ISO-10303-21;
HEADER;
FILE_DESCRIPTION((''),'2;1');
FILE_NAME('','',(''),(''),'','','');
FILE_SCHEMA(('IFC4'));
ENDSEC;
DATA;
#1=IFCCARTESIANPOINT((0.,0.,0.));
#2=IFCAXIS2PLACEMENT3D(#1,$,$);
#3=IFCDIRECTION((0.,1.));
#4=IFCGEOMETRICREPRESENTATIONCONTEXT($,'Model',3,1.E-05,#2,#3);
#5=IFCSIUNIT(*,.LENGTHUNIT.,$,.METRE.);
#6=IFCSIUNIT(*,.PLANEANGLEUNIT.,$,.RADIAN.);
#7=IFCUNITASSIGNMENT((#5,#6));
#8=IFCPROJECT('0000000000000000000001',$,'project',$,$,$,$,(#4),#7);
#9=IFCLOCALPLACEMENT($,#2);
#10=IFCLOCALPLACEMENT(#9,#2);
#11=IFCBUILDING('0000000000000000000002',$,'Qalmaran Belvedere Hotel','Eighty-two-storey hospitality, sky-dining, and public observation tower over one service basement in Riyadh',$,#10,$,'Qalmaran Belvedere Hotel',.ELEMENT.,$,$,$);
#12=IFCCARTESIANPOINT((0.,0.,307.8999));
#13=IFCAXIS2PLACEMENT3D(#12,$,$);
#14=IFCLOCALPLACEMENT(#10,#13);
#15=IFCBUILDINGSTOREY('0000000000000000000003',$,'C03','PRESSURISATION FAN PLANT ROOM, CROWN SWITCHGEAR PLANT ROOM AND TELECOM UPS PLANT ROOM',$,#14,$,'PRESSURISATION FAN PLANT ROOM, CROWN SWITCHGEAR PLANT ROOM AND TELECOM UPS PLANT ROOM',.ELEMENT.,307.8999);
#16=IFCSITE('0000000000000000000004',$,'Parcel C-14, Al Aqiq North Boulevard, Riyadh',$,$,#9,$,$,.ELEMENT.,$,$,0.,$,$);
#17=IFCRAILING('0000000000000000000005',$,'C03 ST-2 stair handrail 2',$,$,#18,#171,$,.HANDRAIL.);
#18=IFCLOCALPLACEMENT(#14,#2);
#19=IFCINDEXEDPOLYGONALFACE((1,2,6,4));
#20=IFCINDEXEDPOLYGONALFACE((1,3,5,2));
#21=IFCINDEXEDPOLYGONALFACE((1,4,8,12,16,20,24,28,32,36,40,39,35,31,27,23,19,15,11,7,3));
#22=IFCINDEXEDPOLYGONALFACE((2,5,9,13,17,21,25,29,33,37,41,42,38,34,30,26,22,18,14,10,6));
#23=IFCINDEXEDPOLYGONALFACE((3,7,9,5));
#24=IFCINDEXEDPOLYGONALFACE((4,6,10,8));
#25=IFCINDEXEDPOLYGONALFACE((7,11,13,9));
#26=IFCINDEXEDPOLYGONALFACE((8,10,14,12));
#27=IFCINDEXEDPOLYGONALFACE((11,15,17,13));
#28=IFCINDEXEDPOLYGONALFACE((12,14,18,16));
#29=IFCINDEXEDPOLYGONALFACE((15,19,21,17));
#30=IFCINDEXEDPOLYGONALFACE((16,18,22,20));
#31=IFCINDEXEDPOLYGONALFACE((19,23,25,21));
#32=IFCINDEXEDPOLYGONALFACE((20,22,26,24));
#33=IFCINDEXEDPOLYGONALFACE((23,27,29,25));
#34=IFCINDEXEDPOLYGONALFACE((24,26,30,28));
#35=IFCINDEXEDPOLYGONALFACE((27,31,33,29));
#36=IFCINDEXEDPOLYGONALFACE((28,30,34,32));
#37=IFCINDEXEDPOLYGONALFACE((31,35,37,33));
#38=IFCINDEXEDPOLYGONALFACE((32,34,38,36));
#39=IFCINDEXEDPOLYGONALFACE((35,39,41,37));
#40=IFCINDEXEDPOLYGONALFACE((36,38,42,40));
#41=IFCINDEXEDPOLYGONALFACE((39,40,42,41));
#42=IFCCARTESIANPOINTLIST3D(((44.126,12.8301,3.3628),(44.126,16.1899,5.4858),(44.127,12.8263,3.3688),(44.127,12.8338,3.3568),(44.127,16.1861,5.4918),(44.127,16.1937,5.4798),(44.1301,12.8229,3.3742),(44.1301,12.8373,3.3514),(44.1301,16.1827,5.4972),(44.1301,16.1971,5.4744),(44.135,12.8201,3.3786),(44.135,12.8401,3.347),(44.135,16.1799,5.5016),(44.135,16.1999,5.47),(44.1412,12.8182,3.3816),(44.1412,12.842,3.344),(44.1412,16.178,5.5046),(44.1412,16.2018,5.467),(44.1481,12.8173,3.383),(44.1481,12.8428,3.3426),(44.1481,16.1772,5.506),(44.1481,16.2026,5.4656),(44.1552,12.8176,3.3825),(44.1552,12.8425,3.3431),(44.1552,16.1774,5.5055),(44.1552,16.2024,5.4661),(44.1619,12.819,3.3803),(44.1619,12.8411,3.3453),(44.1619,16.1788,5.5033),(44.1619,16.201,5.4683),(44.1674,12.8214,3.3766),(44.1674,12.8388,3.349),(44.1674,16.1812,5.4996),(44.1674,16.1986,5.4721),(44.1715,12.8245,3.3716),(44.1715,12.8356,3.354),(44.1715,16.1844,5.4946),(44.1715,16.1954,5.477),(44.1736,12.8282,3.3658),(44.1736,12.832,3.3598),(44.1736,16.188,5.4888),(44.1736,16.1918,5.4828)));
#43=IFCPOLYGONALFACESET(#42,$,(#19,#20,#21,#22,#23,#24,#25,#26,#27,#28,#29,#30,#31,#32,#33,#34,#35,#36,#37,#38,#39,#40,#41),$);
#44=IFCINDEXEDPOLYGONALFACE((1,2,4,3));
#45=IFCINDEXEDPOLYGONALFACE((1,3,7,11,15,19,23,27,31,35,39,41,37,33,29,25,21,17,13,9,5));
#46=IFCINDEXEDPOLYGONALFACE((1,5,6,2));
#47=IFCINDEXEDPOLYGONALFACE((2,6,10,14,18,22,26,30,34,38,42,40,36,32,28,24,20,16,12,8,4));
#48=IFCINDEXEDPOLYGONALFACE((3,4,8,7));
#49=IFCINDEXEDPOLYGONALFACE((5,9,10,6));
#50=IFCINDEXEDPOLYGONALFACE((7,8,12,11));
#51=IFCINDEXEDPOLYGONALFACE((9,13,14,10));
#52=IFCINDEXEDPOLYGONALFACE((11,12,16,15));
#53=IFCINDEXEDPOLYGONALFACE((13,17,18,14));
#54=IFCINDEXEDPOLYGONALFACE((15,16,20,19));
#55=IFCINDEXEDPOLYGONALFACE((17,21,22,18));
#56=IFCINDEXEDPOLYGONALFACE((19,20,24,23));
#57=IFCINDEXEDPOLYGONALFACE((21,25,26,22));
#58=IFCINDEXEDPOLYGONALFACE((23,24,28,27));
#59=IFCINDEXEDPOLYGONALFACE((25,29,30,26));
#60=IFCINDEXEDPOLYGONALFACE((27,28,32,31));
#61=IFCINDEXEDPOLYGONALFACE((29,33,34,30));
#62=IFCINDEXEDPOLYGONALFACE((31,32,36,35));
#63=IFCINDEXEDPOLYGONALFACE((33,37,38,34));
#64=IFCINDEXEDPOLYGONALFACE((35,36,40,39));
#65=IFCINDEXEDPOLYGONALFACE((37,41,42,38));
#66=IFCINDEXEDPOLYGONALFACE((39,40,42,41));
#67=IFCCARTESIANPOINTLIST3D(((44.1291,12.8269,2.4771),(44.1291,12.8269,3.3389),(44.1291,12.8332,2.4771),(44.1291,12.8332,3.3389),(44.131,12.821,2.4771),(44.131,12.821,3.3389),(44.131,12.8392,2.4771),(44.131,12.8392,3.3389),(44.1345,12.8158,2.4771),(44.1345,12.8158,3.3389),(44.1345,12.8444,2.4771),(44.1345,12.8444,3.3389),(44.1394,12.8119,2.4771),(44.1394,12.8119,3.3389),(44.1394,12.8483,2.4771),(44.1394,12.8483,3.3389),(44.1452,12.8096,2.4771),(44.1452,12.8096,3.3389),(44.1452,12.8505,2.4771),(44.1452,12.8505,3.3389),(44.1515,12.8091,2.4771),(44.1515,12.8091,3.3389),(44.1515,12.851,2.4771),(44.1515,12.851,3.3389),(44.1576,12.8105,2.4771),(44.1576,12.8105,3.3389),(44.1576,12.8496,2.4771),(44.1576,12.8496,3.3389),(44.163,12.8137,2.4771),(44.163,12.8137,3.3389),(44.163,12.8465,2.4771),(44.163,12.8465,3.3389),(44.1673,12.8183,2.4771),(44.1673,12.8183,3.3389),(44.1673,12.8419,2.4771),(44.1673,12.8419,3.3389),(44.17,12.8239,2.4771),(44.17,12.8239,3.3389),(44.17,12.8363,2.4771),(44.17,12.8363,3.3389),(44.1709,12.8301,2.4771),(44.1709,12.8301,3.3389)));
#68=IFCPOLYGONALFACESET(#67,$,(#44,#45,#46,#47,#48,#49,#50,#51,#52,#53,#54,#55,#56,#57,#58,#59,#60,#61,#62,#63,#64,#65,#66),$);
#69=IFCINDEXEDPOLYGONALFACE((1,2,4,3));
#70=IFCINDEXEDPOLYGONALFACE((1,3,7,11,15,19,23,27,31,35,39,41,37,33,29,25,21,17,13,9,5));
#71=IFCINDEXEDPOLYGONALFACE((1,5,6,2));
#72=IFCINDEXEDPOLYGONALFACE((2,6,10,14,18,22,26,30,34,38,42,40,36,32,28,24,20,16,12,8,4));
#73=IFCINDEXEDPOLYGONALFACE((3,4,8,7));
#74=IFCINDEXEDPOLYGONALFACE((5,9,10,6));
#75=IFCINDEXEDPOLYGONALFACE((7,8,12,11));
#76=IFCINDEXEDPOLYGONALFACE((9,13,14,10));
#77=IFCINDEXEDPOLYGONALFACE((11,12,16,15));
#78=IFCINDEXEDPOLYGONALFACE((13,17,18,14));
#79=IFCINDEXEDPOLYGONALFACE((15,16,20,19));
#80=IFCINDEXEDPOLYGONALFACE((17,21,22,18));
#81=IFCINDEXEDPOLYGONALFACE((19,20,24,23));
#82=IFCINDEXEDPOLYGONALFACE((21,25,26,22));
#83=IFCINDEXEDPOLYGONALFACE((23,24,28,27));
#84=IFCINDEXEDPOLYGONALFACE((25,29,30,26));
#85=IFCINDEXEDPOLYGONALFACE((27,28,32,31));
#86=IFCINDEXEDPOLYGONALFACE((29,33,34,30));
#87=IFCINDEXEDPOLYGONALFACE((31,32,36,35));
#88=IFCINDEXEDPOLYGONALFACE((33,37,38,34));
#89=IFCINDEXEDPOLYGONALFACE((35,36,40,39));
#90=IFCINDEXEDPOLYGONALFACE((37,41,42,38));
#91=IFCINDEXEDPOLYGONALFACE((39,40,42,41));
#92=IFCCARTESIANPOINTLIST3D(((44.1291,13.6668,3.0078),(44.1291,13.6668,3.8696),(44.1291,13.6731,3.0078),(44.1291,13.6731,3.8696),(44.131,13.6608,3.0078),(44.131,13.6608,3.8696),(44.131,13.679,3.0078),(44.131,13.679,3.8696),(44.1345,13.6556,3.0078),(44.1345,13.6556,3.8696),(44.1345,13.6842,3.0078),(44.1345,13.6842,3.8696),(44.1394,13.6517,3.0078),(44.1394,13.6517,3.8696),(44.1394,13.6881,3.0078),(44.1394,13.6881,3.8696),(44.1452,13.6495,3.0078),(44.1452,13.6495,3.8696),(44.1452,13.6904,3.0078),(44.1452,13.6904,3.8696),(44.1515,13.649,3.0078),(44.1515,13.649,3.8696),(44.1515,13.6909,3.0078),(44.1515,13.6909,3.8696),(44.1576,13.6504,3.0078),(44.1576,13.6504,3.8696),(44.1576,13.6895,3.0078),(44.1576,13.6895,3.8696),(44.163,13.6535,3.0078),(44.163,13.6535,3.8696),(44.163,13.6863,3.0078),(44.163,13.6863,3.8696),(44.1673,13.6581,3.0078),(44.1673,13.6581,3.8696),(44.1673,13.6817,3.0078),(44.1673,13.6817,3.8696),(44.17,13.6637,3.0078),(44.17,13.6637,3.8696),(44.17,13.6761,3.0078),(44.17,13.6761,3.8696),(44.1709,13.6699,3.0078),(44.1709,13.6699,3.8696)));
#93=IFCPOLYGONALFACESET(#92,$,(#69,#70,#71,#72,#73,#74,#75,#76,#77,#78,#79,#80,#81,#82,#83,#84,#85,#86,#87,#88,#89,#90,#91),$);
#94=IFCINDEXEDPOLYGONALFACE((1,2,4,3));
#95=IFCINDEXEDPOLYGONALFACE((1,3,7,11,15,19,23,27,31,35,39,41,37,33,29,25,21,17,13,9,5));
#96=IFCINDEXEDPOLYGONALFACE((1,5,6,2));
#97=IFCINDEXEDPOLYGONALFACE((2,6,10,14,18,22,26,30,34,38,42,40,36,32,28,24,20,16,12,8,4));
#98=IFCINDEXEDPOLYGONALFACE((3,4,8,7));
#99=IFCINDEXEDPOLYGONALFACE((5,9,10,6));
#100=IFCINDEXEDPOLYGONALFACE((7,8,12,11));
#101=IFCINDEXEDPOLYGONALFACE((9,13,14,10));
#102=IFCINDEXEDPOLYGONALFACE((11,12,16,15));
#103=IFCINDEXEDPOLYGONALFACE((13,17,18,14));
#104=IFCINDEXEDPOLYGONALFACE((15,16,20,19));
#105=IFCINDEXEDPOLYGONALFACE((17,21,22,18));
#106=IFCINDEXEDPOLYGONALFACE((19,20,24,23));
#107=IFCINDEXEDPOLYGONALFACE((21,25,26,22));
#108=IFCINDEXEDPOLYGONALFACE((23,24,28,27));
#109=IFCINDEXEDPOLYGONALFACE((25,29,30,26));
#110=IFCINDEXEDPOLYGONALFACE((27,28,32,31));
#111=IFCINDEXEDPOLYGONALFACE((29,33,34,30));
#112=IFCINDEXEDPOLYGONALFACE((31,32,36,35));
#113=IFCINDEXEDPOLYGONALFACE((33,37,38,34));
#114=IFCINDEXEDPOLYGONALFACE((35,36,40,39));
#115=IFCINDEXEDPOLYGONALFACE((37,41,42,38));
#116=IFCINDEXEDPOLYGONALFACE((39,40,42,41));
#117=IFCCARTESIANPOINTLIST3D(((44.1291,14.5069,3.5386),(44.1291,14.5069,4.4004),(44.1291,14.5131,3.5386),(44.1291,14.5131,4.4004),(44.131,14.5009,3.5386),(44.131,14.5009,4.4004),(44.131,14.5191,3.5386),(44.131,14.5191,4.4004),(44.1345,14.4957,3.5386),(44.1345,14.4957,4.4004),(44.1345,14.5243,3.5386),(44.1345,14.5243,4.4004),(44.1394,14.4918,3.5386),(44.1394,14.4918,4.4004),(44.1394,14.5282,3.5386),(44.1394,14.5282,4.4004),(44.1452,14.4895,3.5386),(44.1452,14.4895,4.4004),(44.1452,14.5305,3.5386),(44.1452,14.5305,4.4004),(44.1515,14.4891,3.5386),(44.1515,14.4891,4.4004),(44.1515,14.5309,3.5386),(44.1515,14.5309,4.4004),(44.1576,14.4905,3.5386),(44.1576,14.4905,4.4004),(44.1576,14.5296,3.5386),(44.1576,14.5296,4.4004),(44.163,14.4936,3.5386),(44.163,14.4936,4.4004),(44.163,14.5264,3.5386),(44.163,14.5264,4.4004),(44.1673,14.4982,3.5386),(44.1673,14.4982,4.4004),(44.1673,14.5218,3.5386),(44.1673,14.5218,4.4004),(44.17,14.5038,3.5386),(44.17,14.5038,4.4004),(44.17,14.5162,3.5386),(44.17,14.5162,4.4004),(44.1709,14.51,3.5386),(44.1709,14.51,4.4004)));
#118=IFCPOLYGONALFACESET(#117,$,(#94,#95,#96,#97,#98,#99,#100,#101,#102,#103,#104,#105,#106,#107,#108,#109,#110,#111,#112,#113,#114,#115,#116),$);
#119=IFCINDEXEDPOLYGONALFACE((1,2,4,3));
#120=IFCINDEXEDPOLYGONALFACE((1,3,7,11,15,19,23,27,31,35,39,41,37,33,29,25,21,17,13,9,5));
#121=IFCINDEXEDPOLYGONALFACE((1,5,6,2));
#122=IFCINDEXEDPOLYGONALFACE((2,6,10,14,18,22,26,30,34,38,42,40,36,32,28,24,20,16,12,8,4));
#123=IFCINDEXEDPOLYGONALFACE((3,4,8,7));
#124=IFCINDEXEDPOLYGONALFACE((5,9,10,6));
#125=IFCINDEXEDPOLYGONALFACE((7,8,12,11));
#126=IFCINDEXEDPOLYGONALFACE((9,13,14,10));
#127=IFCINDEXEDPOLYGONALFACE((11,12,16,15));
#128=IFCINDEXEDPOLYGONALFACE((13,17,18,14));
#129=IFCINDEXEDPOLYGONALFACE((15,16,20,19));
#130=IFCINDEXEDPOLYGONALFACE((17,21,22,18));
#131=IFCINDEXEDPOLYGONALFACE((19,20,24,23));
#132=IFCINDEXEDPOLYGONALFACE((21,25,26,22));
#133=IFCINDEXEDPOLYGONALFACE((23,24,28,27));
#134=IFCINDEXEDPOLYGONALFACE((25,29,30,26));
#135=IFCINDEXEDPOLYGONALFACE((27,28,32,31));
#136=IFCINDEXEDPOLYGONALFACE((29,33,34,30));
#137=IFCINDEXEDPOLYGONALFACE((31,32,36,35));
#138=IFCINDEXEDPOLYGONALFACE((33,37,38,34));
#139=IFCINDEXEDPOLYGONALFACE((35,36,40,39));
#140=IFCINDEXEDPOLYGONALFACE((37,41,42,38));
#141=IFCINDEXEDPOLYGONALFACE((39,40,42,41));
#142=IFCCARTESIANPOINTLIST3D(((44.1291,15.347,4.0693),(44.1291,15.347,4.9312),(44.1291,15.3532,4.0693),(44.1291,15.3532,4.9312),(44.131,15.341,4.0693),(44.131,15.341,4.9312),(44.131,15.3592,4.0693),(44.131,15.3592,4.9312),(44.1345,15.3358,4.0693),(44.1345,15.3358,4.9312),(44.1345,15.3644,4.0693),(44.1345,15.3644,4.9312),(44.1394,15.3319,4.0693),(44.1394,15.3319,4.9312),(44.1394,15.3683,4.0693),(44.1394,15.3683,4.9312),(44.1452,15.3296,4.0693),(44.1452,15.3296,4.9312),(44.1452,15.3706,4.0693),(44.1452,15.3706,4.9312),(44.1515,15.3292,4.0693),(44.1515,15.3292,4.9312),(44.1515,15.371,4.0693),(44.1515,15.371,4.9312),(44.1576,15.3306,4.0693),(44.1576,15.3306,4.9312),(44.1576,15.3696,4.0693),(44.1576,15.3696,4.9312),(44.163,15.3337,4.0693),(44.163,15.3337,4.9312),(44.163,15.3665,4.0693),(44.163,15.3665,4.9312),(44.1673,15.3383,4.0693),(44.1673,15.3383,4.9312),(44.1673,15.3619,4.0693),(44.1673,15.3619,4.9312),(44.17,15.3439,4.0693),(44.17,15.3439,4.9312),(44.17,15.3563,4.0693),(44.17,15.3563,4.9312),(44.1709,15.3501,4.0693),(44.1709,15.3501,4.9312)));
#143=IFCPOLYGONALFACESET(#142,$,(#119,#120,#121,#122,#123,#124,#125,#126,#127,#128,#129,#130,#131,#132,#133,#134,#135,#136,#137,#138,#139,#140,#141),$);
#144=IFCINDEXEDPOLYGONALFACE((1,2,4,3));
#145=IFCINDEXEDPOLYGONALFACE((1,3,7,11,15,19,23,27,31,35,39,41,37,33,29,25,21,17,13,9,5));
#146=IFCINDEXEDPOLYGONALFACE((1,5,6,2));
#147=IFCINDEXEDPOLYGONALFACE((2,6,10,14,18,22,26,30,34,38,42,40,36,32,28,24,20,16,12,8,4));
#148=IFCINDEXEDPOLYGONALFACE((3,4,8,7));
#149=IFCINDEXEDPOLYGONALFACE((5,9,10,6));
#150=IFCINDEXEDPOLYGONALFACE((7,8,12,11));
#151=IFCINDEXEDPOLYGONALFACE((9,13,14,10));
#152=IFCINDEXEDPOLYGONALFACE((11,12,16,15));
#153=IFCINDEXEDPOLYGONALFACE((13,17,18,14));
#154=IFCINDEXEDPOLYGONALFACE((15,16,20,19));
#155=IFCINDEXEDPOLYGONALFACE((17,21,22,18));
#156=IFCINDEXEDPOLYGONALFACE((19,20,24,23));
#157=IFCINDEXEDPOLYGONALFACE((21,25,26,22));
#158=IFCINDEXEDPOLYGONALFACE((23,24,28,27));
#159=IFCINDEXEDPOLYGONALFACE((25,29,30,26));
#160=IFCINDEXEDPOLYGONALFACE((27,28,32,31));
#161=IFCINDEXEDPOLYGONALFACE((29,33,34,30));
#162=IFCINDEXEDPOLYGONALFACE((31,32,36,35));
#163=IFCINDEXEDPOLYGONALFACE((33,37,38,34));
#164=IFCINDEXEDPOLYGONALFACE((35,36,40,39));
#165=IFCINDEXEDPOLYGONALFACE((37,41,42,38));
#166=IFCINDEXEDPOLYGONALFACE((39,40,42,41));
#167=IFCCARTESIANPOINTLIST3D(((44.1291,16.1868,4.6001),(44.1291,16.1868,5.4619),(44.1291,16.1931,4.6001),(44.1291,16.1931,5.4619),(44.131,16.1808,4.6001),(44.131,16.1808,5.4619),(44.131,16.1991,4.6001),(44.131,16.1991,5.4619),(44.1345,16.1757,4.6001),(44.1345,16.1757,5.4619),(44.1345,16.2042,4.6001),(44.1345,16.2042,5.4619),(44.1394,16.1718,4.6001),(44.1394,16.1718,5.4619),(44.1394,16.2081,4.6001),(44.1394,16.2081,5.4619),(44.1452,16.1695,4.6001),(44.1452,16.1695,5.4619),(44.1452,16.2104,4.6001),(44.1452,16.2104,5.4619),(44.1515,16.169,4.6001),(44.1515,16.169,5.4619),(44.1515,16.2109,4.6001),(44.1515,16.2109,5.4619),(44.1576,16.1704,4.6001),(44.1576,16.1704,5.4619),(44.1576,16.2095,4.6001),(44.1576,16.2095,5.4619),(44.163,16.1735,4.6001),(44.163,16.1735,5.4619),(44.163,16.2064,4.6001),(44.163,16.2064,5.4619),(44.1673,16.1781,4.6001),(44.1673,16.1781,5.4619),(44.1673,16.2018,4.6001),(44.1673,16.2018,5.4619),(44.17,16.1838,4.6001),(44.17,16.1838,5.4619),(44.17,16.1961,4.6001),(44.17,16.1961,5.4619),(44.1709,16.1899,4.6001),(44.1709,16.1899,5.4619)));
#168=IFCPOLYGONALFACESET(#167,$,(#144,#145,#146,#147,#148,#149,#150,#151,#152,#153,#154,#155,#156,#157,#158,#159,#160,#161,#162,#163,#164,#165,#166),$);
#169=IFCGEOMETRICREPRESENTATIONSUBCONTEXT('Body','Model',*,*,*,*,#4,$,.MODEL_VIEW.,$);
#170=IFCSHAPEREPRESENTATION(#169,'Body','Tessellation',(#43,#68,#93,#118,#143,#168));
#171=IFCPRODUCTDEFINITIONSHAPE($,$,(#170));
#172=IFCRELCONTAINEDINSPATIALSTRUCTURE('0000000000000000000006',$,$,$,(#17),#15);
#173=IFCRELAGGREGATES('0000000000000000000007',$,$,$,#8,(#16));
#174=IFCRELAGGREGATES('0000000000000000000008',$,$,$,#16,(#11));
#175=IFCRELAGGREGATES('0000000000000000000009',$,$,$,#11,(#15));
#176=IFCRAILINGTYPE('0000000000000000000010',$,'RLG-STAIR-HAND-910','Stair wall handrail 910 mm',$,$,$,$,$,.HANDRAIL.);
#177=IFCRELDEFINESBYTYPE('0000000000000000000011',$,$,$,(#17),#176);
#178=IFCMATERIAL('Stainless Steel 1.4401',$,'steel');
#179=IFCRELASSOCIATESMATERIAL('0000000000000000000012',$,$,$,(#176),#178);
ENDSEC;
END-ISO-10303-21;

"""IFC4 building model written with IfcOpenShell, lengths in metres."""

from ifc_helpers import new_model, si_unit, direction, frame, origin, origin_2d, place, context, subcontext, project, spatial, circle, extrude, material, type_object, element, save


model = new_model("IFC4")

# Units and contexts
model_context = context("Model", 3, precision=1e-05, world=origin(), true_north=direction((0.0, 1.0)))
body_context = subcontext(model_context, "Body", "Model", "MODEL_VIEW")
ifc_project = project(units=[si_unit("LENGTHUNIT", "METRE"), si_unit("PLANEANGLEUNIT", "RADIAN")], contexts=[model_context])

# Site, building, storey
site_placement = place(None, origin())
site = spatial("IfcSite", under=ifc_project, at=site_placement, Name="Parcel C-14, Al Aqiq North Boulevard, Riyadh", CompositionType="ELEMENT", RefElevation=0.0)
building_placement = place(site_placement, origin())
building = spatial("IfcBuilding", under=site, at=building_placement, Name="Qalmaran Belvedere Hotel", Description="Eighty-two-storey hospitality, sky-dining, and public observation tower over one service basement in Riyadh", LongName="Qalmaran Belvedere Hotel", CompositionType="ELEMENT")
storey_placement = place(building_placement, frame((0.0, 0.0, 307.8999)))
storey = spatial("IfcBuildingStorey", under=building, at=storey_placement, Name="C03", Description="PRESSURISATION FAN PLANT ROOM, CROWN SWITCHGEAR PLANT ROOM AND TELECOM UPS PLANT ROOM", LongName="PRESSURISATION FAN PLANT ROOM, CROWN SWITCHGEAR PLANT ROOM AND TELECOM UPS PLANT ROOM", CompositionType="ELEMENT", Elevation=307.8999)

# Railing
ifc_material_1 = material(Name="Stainless Steel 1.4401", Category="steel")
railing_type_1 = type_object("IfcRailingType", Name="RLG-STAIR-HAND-910", Description="Stair wall handrail 910 mm", PredefinedType="HANDRAIL", material=ifc_material_1)
railing_1_placement = place(storey_placement, frame((44.1499, 12.8301, 2.4771)))
element("IfcRailing", 1, at=railing_1_placement, inside=storey, type_object=railing_type_1, Name="C03 ST-2 stair handrail 2", PredefinedType="HANDRAIL", context=body_context, shape_type="SweptSolid", body=[
    extrude(circle(Radius=0.0239, at=origin_2d()), frame((0.0, 0.0, 0.8857), z_axis=(0.0, 0.845372, 0.534178), x_axis=(-1.0, 0.0, 0.0)), (0.0, 0.0, 1.0), 3.9744),
    extrude(circle(Radius=0.021, at=origin_2d()), origin(), (0.0, 0.0, 1.0), 0.8618),
    extrude(circle(Radius=0.021, at=origin_2d()), frame((0.0, 0.8398, 0.5308)), (0.0, 0.0, 1.0), 0.8618),
    extrude(circle(Radius=0.021, at=origin_2d()), frame((0.0, 1.6799, 1.0615)), (0.0, 0.0, 1.0), 0.8618),
    extrude(circle(Radius=0.021, at=origin_2d()), frame((0.0, 2.52, 1.5923)), (0.0, 0.0, 1.0), 0.8618),
    extrude(circle(Radius=0.021, at=origin_2d()), frame((0.0, 3.3599, 2.123)), (0.0, 0.0, 1.0), 0.8618),
])

save(model, "model.ifc")
